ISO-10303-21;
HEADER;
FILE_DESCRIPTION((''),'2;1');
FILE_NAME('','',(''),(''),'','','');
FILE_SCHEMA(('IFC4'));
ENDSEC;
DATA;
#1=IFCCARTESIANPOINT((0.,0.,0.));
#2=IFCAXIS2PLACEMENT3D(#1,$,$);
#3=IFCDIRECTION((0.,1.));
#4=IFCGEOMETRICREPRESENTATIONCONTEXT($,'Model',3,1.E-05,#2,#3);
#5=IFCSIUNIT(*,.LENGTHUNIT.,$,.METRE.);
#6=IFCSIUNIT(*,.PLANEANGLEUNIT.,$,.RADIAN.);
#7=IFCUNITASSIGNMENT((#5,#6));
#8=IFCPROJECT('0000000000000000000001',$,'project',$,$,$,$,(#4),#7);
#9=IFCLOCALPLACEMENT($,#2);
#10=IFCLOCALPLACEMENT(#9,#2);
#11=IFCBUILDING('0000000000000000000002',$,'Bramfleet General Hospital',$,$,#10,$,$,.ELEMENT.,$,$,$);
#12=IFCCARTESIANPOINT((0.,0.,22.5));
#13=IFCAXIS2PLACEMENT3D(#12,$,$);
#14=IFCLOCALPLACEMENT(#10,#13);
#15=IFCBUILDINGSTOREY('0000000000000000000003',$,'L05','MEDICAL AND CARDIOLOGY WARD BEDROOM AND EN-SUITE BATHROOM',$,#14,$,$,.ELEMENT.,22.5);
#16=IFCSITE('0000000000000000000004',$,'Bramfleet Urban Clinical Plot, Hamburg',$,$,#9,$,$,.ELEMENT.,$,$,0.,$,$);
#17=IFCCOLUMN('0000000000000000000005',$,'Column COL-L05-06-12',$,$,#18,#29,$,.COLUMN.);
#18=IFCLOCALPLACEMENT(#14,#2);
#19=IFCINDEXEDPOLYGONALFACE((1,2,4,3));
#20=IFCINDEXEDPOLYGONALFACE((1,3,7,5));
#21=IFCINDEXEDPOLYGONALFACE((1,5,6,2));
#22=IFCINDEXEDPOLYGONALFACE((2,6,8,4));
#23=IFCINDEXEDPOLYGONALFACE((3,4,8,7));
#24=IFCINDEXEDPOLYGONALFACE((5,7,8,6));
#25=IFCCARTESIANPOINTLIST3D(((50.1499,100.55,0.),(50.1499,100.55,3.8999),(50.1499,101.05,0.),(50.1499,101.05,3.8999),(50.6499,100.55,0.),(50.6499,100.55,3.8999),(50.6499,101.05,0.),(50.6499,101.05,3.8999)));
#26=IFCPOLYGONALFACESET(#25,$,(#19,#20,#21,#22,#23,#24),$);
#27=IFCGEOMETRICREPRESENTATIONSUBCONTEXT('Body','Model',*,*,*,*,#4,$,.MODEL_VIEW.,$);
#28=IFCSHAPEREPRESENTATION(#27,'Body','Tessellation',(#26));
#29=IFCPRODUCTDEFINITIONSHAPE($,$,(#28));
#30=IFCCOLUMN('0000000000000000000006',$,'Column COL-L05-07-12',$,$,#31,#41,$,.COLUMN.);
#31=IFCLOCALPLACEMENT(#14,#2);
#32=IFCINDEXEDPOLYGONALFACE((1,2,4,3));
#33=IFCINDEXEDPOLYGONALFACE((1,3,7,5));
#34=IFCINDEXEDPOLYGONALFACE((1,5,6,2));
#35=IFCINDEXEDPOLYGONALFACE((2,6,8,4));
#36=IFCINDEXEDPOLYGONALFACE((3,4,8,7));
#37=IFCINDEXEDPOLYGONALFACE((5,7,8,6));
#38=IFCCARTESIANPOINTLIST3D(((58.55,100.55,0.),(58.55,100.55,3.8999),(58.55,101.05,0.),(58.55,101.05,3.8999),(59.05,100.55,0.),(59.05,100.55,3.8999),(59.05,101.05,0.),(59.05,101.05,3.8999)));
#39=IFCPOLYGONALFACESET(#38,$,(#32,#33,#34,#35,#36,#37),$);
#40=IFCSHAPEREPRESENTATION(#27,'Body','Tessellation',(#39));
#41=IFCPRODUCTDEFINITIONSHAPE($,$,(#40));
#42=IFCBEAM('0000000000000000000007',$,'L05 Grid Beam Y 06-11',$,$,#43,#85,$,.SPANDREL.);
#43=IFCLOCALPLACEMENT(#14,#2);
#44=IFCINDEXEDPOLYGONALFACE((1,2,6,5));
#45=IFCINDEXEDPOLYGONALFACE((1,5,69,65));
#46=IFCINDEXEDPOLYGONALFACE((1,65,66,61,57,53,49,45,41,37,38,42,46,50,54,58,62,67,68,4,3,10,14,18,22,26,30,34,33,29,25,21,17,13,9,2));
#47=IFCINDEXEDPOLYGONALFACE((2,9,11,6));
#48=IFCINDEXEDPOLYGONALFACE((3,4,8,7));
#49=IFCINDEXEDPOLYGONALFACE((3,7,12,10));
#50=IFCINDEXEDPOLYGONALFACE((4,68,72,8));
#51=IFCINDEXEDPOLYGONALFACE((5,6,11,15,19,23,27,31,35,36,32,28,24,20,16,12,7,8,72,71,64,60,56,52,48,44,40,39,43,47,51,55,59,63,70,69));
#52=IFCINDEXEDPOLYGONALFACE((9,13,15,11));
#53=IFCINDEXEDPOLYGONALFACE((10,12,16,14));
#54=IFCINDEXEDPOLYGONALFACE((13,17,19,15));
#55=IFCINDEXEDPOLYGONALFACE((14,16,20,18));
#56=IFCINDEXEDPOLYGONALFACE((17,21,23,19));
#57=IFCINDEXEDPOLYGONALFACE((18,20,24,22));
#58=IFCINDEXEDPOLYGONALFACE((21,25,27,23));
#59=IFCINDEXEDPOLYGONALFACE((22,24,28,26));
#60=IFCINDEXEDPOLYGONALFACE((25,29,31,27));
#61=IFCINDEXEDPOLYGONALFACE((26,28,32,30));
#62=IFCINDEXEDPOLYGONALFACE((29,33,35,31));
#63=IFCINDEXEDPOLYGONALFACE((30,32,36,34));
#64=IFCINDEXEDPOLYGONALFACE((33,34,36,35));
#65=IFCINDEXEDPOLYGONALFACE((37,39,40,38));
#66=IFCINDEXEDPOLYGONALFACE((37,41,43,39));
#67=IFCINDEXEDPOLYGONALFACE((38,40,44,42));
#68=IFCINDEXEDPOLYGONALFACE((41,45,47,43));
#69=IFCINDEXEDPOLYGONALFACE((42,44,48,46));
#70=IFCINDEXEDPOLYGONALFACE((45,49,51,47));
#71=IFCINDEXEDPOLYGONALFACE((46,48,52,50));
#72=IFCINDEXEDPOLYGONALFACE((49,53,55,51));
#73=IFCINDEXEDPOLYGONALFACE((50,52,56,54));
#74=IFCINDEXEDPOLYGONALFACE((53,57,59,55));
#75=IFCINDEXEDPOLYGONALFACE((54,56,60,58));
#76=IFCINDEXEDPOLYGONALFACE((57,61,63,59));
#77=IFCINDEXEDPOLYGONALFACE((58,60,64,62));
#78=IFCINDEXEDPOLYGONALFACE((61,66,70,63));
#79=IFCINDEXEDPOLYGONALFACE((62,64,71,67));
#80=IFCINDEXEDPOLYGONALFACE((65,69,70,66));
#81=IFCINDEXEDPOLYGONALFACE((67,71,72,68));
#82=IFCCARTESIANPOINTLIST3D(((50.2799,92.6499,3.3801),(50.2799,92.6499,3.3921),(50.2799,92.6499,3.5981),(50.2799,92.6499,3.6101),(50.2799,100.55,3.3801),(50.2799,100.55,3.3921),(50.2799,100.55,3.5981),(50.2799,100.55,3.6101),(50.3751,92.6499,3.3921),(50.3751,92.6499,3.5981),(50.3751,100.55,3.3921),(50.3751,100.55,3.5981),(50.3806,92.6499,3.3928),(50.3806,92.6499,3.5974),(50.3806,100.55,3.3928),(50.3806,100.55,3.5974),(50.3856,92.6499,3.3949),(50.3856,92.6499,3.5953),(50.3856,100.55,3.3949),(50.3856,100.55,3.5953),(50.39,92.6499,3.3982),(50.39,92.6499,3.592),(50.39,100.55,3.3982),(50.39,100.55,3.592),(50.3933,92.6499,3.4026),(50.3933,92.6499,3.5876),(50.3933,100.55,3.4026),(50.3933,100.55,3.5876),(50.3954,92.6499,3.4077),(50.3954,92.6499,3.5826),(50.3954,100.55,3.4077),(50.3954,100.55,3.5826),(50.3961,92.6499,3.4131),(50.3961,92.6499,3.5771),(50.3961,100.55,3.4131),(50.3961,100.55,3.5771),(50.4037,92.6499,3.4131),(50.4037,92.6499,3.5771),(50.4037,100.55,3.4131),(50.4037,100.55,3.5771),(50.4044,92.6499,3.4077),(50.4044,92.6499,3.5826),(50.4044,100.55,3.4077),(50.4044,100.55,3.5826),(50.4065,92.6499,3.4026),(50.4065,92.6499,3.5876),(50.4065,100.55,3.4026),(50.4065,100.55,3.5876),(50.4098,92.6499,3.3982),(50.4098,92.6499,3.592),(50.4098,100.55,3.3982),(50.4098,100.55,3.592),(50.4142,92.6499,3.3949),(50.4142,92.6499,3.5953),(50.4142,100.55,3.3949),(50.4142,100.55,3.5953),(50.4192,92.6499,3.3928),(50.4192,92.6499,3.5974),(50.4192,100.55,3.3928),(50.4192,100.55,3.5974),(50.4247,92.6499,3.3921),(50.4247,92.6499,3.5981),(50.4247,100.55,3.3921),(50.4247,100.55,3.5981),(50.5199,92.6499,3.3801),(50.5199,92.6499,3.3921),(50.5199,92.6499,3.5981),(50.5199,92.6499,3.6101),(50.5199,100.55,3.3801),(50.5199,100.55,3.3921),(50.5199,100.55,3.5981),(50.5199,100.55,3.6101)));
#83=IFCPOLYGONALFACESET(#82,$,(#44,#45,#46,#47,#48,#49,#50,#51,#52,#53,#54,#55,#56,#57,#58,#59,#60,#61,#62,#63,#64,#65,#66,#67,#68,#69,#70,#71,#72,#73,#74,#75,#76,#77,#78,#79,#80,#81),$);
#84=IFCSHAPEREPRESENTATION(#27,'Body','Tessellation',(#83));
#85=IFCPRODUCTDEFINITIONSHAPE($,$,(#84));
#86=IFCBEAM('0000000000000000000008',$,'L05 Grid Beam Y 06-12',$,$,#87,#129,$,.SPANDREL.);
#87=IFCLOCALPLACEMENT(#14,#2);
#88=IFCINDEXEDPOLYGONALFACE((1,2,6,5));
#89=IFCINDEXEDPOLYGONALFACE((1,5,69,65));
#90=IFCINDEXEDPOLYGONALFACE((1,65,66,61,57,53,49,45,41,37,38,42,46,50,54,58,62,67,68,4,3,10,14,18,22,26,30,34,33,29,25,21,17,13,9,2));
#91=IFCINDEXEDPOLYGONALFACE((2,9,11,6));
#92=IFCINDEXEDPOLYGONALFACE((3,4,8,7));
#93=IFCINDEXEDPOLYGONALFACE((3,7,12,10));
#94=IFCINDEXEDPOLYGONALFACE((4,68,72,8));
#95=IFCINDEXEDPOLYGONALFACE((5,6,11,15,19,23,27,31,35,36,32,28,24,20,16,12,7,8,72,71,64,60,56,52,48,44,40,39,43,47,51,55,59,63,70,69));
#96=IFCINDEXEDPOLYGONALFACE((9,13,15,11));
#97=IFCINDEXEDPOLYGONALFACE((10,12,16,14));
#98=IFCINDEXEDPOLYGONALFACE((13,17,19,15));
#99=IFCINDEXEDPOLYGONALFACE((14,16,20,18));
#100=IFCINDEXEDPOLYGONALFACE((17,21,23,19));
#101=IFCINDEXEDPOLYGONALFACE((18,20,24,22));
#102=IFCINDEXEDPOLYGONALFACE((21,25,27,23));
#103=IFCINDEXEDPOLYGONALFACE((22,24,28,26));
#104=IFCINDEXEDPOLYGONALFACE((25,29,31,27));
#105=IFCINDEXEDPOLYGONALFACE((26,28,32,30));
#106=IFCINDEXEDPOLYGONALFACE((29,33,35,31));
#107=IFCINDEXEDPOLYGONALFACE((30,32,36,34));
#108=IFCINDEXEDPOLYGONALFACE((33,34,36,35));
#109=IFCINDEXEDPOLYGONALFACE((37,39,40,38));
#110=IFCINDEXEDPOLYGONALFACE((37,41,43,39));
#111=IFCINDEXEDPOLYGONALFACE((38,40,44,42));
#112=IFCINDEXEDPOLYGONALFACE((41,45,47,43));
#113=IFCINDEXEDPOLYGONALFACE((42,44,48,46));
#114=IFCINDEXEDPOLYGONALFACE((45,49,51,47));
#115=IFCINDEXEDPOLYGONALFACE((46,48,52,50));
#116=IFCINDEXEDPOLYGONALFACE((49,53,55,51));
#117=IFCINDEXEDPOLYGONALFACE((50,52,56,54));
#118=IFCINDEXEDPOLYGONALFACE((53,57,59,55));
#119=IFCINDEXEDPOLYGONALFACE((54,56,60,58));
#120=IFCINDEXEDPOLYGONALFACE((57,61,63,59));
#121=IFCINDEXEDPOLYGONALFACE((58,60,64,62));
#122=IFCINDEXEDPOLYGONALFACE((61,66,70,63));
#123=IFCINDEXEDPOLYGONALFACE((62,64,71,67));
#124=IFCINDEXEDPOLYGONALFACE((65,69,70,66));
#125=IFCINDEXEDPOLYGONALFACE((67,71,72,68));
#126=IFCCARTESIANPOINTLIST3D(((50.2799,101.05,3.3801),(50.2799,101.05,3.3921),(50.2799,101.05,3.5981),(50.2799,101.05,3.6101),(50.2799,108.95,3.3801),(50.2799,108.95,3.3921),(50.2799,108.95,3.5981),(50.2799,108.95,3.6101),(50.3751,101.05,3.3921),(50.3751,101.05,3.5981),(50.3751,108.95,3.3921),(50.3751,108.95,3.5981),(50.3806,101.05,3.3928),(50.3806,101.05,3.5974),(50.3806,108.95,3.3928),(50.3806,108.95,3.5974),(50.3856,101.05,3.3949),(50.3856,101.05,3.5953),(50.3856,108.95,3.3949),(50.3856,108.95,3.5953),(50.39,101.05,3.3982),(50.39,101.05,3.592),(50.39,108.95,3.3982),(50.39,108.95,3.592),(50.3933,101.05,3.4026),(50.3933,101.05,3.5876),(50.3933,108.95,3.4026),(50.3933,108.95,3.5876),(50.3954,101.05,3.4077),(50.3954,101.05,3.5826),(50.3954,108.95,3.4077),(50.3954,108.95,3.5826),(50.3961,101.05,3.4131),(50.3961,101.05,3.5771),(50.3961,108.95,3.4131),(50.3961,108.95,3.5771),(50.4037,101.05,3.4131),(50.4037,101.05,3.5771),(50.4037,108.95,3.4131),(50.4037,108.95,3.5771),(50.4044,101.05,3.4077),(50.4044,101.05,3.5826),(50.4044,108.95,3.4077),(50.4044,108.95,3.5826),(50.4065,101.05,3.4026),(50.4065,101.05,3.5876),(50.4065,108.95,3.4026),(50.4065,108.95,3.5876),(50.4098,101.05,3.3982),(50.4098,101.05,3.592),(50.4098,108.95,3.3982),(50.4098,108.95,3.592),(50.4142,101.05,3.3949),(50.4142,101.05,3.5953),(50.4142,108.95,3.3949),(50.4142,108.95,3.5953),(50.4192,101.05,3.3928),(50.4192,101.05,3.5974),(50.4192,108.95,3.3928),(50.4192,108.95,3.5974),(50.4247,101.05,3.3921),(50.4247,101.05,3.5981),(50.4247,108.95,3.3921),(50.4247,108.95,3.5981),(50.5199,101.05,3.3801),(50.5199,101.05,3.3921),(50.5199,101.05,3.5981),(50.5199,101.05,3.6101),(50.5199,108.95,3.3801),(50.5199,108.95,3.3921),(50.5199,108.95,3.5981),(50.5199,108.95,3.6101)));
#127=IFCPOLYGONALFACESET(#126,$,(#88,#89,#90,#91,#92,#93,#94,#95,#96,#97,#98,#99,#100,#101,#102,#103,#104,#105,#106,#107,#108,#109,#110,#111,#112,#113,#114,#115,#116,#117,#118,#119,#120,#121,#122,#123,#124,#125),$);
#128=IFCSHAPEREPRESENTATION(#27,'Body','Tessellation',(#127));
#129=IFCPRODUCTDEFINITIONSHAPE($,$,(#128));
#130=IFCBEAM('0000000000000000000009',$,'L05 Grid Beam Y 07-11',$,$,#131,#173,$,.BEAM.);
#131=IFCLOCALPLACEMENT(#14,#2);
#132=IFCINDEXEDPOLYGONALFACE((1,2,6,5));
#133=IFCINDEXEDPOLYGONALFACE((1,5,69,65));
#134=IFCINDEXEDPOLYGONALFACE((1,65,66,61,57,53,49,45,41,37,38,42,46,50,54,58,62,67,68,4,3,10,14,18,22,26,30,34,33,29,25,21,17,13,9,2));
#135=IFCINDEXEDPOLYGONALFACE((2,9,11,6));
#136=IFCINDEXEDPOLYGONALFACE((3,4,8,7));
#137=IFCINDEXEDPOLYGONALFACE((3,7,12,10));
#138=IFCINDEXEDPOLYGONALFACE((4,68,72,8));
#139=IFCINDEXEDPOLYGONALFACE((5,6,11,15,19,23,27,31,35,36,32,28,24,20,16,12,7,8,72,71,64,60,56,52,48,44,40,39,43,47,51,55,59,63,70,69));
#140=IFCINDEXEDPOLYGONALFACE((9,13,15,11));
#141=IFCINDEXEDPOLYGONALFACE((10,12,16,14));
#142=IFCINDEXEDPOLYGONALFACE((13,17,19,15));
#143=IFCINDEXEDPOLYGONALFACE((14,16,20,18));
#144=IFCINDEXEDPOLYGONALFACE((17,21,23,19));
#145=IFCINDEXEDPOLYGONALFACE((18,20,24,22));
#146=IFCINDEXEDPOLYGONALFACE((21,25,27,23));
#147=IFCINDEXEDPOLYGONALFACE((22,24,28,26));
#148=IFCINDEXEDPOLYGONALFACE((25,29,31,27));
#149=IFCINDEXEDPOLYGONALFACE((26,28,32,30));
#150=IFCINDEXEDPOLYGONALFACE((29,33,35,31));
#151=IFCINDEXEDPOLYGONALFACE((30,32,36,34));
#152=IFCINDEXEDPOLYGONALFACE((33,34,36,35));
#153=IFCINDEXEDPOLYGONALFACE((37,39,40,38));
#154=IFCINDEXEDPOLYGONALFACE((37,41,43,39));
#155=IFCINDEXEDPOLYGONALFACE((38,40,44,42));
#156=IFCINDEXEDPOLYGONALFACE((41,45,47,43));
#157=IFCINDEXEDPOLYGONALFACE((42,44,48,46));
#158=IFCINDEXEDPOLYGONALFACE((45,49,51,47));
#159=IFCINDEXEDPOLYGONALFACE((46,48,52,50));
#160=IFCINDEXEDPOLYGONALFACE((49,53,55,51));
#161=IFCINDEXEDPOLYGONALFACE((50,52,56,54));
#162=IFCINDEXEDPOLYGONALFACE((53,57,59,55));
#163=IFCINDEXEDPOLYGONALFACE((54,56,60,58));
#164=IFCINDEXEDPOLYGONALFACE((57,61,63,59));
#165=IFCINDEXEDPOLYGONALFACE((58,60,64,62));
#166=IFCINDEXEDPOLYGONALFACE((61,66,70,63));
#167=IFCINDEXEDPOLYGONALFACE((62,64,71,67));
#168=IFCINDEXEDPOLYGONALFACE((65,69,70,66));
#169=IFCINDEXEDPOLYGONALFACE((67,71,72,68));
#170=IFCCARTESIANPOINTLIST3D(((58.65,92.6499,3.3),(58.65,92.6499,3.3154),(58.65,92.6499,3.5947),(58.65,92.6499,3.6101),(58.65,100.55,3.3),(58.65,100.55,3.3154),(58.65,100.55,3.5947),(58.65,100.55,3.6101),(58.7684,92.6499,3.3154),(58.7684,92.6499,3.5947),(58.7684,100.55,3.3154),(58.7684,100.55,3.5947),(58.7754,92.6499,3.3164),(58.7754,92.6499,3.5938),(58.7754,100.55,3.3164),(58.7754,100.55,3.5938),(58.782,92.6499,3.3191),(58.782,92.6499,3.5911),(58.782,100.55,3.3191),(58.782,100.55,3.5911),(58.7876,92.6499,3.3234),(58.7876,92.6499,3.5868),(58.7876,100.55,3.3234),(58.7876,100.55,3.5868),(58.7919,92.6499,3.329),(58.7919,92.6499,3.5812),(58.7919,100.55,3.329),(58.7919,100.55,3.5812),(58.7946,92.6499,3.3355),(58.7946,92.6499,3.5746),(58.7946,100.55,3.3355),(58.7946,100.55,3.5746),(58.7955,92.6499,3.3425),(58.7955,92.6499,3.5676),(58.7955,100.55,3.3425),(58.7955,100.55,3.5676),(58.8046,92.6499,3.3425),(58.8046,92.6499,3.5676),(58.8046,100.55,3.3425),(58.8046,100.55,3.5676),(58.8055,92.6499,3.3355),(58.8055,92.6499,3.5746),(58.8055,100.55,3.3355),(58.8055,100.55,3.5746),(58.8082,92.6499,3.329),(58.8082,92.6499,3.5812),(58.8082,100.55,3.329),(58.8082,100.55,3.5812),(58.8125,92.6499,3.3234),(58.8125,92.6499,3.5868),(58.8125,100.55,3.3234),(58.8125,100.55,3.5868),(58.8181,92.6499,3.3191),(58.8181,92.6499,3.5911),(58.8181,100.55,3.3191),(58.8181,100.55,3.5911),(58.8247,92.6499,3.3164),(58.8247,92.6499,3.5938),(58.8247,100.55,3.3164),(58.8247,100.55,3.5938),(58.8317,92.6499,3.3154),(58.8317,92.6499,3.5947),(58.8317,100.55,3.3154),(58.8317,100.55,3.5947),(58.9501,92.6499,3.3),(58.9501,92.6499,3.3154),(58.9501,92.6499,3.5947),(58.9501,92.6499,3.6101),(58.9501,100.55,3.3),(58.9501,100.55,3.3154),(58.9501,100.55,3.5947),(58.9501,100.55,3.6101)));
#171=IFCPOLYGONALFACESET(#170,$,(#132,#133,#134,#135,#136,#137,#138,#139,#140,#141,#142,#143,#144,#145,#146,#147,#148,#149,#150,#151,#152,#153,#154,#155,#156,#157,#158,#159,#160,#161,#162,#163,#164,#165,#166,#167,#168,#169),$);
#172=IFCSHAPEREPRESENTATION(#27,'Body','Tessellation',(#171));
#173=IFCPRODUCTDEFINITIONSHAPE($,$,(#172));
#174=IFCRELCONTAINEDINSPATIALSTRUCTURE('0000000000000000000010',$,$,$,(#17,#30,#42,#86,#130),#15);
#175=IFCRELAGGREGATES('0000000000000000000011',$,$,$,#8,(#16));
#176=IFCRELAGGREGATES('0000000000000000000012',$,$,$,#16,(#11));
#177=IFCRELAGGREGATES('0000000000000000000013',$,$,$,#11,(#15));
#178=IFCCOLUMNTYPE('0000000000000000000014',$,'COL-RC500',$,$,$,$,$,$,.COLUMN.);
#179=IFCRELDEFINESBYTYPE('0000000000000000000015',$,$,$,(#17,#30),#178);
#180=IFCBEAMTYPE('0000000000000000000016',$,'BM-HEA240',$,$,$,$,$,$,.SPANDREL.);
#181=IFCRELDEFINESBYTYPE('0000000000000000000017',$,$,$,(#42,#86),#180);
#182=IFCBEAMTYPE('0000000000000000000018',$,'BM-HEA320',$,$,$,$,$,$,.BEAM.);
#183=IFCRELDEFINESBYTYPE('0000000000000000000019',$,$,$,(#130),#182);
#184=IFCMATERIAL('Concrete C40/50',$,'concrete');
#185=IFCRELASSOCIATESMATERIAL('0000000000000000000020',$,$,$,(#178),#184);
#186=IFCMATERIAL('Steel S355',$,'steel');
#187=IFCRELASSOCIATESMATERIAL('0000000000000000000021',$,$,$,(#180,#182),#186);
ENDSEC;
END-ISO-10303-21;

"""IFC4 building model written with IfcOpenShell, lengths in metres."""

from ifc_helpers import new_model, si_unit, direction, frame, origin, origin_2d, place, context, subcontext, project, spatial, rectangle, i_section, extrude, material, material_profile, profile_set, type_object, element, save


model = new_model("IFC4")

# Units and contexts
model_context = context("Model", 3, precision=1e-05, world=origin(), true_north=direction((0.0, 1.0)))
body_context = subcontext(model_context, "Body", "Model", "MODEL_VIEW")
ifc_project = project(units=[si_unit("LENGTHUNIT", "METRE"), si_unit("PLANEANGLEUNIT", "RADIAN")], contexts=[model_context])

# Site, building, storey
site_placement = place(None, origin())
site = spatial("IfcSite", under=ifc_project, at=site_placement, Name="Bramfleet Urban Clinical Plot, Hamburg", CompositionType="ELEMENT", RefElevation=0.0)
building_placement = place(site_placement, origin())
building = spatial("IfcBuilding", under=site, at=building_placement, Name="Bramfleet General Hospital", CompositionType="ELEMENT")
storey_placement = place(building_placement, frame((0.0, 0.0, 22.5)))
storey = spatial("IfcBuildingStorey", under=building, at=storey_placement, Name="L05", Description="MEDICAL AND CARDIOLOGY WARD BEDROOM AND EN-SUITE BATHROOM", CompositionType="ELEMENT", Elevation=22.5)

# Columns
ifc_material_1 = material(Name="Concrete C40/50", Category="concrete")
ifc_material_profile_1 = material_profile(ifc_material_1, rectangle(XDim=0.5, YDim=0.5, at=origin_2d()), Name="RC COL 500x500")
ifc_profile_set_1 = profile_set([ifc_material_profile_1], Name="Concrete C40/50")
column_type = type_object("IfcColumnType", Name="COL-RC500", PredefinedType="COLUMN", material=ifc_profile_set_1)
for number, where, z_axis, x_axis, name in (
    (1, (50.3999, 100.8, 0.0), (0.0, 0.0, 1.0), (1.0, 0.0, 0.0), "Column COL-L05-06-12"),
    (2, (58.8, 100.8, 0.0), (0.0, 0.0, 1.0), (1.0, 0.0, 0.0), "Column COL-L05-07-12"),
):
    element("IfcColumn", number, at=place(storey_placement, frame(where, z_axis=z_axis, x_axis=x_axis)), inside=storey, type_object=column_type, Name=name, PredefinedType="COLUMN", context=body_context, shape_type="SweptSolid", body=[
        extrude(rectangle(XDim=0.5, YDim=0.5, at=origin_2d()), origin(), (0.0, 0.0, 1.0), 3.8999),
    ])

# Beams
ifc_material_2 = material(Name="Steel S355", Category="steel")
ifc_material_profile_2 = material_profile(ifc_material_2, i_section(OverallWidth=0.24, OverallDepth=0.23, WebThickness=0.0076, FlangeThickness=0.012, FilletRadius=0.021, at=origin_2d()), Name="HEA 240")
ifc_profile_set_2 = profile_set([ifc_material_profile_2], Name="Steel S355")
beam_type_1 = type_object("IfcBeamType", Name="BM-HEA240", PredefinedType="SPANDREL", material=ifc_profile_set_2)
beam_1_placement = place(storey_placement, frame((50.3999, 92.6499, 3.4951), z_axis=(0.0, 1.0, 0.0), x_axis=(-1.0, 0.0, 0.0)))
element("IfcBeam", 3, at=beam_1_placement, inside=storey, type_object=beam_type_1, Name="L05 Grid Beam Y 06-11", PredefinedType="SPANDREL", context=body_context, shape_type="SweptSolid", body=[
    extrude(i_section(OverallWidth=0.24, OverallDepth=0.23, WebThickness=0.0076, FlangeThickness=0.012, FilletRadius=0.021, at=origin_2d()), origin(), (0.0, 0.0, 1.0), 7.9001),
])
beam_2_placement = place(storey_placement, frame((50.3999, 101.05, 3.4951), z_axis=(0.0, 1.0, 0.0), x_axis=(-1.0, 0.0, 0.0)))
element("IfcBeam", 4, at=beam_2_placement, inside=storey, type_object=beam_type_1, Name="L05 Grid Beam Y 06-12", PredefinedType="SPANDREL", context=body_context, shape_type="SweptSolid", body=[
    extrude(i_section(OverallWidth=0.24, OverallDepth=0.23, WebThickness=0.0076, FlangeThickness=0.012, FilletRadius=0.021, at=origin_2d()), origin(), (0.0, 0.0, 1.0), 7.8999),
])
ifc_material_profile_3 = material_profile(ifc_material_2, i_section(OverallWidth=0.3, OverallDepth=0.3101, WebThickness=0.009, FlangeThickness=0.0154, FilletRadius=0.0271, at=origin_2d()), Name="HEA 320")
ifc_profile_set_3 = profile_set([ifc_material_profile_3], Name="Steel S355")
beam_type_2 = type_object("IfcBeamType", Name="BM-HEA320", PredefinedType="BEAM", material=ifc_profile_set_3)
beam_3_placement = place(storey_placement, frame((58.8, 92.6499, 3.4551), z_axis=(0.0, 1.0, 0.0), x_axis=(-1.0, 0.0, 0.0)))
element("IfcBeam", 5, at=beam_3_placement, inside=storey, type_object=beam_type_2, Name="L05 Grid Beam Y 07-11", PredefinedType="BEAM", context=body_context, shape_type="SweptSolid", body=[
    extrude(i_section(OverallWidth=0.3, OverallDepth=0.3101, WebThickness=0.009, FlangeThickness=0.0154, FilletRadius=0.0271, at=origin_2d()), origin(), (0.0, 0.0, 1.0), 7.9001),
])

save(model, "model.ifc")
